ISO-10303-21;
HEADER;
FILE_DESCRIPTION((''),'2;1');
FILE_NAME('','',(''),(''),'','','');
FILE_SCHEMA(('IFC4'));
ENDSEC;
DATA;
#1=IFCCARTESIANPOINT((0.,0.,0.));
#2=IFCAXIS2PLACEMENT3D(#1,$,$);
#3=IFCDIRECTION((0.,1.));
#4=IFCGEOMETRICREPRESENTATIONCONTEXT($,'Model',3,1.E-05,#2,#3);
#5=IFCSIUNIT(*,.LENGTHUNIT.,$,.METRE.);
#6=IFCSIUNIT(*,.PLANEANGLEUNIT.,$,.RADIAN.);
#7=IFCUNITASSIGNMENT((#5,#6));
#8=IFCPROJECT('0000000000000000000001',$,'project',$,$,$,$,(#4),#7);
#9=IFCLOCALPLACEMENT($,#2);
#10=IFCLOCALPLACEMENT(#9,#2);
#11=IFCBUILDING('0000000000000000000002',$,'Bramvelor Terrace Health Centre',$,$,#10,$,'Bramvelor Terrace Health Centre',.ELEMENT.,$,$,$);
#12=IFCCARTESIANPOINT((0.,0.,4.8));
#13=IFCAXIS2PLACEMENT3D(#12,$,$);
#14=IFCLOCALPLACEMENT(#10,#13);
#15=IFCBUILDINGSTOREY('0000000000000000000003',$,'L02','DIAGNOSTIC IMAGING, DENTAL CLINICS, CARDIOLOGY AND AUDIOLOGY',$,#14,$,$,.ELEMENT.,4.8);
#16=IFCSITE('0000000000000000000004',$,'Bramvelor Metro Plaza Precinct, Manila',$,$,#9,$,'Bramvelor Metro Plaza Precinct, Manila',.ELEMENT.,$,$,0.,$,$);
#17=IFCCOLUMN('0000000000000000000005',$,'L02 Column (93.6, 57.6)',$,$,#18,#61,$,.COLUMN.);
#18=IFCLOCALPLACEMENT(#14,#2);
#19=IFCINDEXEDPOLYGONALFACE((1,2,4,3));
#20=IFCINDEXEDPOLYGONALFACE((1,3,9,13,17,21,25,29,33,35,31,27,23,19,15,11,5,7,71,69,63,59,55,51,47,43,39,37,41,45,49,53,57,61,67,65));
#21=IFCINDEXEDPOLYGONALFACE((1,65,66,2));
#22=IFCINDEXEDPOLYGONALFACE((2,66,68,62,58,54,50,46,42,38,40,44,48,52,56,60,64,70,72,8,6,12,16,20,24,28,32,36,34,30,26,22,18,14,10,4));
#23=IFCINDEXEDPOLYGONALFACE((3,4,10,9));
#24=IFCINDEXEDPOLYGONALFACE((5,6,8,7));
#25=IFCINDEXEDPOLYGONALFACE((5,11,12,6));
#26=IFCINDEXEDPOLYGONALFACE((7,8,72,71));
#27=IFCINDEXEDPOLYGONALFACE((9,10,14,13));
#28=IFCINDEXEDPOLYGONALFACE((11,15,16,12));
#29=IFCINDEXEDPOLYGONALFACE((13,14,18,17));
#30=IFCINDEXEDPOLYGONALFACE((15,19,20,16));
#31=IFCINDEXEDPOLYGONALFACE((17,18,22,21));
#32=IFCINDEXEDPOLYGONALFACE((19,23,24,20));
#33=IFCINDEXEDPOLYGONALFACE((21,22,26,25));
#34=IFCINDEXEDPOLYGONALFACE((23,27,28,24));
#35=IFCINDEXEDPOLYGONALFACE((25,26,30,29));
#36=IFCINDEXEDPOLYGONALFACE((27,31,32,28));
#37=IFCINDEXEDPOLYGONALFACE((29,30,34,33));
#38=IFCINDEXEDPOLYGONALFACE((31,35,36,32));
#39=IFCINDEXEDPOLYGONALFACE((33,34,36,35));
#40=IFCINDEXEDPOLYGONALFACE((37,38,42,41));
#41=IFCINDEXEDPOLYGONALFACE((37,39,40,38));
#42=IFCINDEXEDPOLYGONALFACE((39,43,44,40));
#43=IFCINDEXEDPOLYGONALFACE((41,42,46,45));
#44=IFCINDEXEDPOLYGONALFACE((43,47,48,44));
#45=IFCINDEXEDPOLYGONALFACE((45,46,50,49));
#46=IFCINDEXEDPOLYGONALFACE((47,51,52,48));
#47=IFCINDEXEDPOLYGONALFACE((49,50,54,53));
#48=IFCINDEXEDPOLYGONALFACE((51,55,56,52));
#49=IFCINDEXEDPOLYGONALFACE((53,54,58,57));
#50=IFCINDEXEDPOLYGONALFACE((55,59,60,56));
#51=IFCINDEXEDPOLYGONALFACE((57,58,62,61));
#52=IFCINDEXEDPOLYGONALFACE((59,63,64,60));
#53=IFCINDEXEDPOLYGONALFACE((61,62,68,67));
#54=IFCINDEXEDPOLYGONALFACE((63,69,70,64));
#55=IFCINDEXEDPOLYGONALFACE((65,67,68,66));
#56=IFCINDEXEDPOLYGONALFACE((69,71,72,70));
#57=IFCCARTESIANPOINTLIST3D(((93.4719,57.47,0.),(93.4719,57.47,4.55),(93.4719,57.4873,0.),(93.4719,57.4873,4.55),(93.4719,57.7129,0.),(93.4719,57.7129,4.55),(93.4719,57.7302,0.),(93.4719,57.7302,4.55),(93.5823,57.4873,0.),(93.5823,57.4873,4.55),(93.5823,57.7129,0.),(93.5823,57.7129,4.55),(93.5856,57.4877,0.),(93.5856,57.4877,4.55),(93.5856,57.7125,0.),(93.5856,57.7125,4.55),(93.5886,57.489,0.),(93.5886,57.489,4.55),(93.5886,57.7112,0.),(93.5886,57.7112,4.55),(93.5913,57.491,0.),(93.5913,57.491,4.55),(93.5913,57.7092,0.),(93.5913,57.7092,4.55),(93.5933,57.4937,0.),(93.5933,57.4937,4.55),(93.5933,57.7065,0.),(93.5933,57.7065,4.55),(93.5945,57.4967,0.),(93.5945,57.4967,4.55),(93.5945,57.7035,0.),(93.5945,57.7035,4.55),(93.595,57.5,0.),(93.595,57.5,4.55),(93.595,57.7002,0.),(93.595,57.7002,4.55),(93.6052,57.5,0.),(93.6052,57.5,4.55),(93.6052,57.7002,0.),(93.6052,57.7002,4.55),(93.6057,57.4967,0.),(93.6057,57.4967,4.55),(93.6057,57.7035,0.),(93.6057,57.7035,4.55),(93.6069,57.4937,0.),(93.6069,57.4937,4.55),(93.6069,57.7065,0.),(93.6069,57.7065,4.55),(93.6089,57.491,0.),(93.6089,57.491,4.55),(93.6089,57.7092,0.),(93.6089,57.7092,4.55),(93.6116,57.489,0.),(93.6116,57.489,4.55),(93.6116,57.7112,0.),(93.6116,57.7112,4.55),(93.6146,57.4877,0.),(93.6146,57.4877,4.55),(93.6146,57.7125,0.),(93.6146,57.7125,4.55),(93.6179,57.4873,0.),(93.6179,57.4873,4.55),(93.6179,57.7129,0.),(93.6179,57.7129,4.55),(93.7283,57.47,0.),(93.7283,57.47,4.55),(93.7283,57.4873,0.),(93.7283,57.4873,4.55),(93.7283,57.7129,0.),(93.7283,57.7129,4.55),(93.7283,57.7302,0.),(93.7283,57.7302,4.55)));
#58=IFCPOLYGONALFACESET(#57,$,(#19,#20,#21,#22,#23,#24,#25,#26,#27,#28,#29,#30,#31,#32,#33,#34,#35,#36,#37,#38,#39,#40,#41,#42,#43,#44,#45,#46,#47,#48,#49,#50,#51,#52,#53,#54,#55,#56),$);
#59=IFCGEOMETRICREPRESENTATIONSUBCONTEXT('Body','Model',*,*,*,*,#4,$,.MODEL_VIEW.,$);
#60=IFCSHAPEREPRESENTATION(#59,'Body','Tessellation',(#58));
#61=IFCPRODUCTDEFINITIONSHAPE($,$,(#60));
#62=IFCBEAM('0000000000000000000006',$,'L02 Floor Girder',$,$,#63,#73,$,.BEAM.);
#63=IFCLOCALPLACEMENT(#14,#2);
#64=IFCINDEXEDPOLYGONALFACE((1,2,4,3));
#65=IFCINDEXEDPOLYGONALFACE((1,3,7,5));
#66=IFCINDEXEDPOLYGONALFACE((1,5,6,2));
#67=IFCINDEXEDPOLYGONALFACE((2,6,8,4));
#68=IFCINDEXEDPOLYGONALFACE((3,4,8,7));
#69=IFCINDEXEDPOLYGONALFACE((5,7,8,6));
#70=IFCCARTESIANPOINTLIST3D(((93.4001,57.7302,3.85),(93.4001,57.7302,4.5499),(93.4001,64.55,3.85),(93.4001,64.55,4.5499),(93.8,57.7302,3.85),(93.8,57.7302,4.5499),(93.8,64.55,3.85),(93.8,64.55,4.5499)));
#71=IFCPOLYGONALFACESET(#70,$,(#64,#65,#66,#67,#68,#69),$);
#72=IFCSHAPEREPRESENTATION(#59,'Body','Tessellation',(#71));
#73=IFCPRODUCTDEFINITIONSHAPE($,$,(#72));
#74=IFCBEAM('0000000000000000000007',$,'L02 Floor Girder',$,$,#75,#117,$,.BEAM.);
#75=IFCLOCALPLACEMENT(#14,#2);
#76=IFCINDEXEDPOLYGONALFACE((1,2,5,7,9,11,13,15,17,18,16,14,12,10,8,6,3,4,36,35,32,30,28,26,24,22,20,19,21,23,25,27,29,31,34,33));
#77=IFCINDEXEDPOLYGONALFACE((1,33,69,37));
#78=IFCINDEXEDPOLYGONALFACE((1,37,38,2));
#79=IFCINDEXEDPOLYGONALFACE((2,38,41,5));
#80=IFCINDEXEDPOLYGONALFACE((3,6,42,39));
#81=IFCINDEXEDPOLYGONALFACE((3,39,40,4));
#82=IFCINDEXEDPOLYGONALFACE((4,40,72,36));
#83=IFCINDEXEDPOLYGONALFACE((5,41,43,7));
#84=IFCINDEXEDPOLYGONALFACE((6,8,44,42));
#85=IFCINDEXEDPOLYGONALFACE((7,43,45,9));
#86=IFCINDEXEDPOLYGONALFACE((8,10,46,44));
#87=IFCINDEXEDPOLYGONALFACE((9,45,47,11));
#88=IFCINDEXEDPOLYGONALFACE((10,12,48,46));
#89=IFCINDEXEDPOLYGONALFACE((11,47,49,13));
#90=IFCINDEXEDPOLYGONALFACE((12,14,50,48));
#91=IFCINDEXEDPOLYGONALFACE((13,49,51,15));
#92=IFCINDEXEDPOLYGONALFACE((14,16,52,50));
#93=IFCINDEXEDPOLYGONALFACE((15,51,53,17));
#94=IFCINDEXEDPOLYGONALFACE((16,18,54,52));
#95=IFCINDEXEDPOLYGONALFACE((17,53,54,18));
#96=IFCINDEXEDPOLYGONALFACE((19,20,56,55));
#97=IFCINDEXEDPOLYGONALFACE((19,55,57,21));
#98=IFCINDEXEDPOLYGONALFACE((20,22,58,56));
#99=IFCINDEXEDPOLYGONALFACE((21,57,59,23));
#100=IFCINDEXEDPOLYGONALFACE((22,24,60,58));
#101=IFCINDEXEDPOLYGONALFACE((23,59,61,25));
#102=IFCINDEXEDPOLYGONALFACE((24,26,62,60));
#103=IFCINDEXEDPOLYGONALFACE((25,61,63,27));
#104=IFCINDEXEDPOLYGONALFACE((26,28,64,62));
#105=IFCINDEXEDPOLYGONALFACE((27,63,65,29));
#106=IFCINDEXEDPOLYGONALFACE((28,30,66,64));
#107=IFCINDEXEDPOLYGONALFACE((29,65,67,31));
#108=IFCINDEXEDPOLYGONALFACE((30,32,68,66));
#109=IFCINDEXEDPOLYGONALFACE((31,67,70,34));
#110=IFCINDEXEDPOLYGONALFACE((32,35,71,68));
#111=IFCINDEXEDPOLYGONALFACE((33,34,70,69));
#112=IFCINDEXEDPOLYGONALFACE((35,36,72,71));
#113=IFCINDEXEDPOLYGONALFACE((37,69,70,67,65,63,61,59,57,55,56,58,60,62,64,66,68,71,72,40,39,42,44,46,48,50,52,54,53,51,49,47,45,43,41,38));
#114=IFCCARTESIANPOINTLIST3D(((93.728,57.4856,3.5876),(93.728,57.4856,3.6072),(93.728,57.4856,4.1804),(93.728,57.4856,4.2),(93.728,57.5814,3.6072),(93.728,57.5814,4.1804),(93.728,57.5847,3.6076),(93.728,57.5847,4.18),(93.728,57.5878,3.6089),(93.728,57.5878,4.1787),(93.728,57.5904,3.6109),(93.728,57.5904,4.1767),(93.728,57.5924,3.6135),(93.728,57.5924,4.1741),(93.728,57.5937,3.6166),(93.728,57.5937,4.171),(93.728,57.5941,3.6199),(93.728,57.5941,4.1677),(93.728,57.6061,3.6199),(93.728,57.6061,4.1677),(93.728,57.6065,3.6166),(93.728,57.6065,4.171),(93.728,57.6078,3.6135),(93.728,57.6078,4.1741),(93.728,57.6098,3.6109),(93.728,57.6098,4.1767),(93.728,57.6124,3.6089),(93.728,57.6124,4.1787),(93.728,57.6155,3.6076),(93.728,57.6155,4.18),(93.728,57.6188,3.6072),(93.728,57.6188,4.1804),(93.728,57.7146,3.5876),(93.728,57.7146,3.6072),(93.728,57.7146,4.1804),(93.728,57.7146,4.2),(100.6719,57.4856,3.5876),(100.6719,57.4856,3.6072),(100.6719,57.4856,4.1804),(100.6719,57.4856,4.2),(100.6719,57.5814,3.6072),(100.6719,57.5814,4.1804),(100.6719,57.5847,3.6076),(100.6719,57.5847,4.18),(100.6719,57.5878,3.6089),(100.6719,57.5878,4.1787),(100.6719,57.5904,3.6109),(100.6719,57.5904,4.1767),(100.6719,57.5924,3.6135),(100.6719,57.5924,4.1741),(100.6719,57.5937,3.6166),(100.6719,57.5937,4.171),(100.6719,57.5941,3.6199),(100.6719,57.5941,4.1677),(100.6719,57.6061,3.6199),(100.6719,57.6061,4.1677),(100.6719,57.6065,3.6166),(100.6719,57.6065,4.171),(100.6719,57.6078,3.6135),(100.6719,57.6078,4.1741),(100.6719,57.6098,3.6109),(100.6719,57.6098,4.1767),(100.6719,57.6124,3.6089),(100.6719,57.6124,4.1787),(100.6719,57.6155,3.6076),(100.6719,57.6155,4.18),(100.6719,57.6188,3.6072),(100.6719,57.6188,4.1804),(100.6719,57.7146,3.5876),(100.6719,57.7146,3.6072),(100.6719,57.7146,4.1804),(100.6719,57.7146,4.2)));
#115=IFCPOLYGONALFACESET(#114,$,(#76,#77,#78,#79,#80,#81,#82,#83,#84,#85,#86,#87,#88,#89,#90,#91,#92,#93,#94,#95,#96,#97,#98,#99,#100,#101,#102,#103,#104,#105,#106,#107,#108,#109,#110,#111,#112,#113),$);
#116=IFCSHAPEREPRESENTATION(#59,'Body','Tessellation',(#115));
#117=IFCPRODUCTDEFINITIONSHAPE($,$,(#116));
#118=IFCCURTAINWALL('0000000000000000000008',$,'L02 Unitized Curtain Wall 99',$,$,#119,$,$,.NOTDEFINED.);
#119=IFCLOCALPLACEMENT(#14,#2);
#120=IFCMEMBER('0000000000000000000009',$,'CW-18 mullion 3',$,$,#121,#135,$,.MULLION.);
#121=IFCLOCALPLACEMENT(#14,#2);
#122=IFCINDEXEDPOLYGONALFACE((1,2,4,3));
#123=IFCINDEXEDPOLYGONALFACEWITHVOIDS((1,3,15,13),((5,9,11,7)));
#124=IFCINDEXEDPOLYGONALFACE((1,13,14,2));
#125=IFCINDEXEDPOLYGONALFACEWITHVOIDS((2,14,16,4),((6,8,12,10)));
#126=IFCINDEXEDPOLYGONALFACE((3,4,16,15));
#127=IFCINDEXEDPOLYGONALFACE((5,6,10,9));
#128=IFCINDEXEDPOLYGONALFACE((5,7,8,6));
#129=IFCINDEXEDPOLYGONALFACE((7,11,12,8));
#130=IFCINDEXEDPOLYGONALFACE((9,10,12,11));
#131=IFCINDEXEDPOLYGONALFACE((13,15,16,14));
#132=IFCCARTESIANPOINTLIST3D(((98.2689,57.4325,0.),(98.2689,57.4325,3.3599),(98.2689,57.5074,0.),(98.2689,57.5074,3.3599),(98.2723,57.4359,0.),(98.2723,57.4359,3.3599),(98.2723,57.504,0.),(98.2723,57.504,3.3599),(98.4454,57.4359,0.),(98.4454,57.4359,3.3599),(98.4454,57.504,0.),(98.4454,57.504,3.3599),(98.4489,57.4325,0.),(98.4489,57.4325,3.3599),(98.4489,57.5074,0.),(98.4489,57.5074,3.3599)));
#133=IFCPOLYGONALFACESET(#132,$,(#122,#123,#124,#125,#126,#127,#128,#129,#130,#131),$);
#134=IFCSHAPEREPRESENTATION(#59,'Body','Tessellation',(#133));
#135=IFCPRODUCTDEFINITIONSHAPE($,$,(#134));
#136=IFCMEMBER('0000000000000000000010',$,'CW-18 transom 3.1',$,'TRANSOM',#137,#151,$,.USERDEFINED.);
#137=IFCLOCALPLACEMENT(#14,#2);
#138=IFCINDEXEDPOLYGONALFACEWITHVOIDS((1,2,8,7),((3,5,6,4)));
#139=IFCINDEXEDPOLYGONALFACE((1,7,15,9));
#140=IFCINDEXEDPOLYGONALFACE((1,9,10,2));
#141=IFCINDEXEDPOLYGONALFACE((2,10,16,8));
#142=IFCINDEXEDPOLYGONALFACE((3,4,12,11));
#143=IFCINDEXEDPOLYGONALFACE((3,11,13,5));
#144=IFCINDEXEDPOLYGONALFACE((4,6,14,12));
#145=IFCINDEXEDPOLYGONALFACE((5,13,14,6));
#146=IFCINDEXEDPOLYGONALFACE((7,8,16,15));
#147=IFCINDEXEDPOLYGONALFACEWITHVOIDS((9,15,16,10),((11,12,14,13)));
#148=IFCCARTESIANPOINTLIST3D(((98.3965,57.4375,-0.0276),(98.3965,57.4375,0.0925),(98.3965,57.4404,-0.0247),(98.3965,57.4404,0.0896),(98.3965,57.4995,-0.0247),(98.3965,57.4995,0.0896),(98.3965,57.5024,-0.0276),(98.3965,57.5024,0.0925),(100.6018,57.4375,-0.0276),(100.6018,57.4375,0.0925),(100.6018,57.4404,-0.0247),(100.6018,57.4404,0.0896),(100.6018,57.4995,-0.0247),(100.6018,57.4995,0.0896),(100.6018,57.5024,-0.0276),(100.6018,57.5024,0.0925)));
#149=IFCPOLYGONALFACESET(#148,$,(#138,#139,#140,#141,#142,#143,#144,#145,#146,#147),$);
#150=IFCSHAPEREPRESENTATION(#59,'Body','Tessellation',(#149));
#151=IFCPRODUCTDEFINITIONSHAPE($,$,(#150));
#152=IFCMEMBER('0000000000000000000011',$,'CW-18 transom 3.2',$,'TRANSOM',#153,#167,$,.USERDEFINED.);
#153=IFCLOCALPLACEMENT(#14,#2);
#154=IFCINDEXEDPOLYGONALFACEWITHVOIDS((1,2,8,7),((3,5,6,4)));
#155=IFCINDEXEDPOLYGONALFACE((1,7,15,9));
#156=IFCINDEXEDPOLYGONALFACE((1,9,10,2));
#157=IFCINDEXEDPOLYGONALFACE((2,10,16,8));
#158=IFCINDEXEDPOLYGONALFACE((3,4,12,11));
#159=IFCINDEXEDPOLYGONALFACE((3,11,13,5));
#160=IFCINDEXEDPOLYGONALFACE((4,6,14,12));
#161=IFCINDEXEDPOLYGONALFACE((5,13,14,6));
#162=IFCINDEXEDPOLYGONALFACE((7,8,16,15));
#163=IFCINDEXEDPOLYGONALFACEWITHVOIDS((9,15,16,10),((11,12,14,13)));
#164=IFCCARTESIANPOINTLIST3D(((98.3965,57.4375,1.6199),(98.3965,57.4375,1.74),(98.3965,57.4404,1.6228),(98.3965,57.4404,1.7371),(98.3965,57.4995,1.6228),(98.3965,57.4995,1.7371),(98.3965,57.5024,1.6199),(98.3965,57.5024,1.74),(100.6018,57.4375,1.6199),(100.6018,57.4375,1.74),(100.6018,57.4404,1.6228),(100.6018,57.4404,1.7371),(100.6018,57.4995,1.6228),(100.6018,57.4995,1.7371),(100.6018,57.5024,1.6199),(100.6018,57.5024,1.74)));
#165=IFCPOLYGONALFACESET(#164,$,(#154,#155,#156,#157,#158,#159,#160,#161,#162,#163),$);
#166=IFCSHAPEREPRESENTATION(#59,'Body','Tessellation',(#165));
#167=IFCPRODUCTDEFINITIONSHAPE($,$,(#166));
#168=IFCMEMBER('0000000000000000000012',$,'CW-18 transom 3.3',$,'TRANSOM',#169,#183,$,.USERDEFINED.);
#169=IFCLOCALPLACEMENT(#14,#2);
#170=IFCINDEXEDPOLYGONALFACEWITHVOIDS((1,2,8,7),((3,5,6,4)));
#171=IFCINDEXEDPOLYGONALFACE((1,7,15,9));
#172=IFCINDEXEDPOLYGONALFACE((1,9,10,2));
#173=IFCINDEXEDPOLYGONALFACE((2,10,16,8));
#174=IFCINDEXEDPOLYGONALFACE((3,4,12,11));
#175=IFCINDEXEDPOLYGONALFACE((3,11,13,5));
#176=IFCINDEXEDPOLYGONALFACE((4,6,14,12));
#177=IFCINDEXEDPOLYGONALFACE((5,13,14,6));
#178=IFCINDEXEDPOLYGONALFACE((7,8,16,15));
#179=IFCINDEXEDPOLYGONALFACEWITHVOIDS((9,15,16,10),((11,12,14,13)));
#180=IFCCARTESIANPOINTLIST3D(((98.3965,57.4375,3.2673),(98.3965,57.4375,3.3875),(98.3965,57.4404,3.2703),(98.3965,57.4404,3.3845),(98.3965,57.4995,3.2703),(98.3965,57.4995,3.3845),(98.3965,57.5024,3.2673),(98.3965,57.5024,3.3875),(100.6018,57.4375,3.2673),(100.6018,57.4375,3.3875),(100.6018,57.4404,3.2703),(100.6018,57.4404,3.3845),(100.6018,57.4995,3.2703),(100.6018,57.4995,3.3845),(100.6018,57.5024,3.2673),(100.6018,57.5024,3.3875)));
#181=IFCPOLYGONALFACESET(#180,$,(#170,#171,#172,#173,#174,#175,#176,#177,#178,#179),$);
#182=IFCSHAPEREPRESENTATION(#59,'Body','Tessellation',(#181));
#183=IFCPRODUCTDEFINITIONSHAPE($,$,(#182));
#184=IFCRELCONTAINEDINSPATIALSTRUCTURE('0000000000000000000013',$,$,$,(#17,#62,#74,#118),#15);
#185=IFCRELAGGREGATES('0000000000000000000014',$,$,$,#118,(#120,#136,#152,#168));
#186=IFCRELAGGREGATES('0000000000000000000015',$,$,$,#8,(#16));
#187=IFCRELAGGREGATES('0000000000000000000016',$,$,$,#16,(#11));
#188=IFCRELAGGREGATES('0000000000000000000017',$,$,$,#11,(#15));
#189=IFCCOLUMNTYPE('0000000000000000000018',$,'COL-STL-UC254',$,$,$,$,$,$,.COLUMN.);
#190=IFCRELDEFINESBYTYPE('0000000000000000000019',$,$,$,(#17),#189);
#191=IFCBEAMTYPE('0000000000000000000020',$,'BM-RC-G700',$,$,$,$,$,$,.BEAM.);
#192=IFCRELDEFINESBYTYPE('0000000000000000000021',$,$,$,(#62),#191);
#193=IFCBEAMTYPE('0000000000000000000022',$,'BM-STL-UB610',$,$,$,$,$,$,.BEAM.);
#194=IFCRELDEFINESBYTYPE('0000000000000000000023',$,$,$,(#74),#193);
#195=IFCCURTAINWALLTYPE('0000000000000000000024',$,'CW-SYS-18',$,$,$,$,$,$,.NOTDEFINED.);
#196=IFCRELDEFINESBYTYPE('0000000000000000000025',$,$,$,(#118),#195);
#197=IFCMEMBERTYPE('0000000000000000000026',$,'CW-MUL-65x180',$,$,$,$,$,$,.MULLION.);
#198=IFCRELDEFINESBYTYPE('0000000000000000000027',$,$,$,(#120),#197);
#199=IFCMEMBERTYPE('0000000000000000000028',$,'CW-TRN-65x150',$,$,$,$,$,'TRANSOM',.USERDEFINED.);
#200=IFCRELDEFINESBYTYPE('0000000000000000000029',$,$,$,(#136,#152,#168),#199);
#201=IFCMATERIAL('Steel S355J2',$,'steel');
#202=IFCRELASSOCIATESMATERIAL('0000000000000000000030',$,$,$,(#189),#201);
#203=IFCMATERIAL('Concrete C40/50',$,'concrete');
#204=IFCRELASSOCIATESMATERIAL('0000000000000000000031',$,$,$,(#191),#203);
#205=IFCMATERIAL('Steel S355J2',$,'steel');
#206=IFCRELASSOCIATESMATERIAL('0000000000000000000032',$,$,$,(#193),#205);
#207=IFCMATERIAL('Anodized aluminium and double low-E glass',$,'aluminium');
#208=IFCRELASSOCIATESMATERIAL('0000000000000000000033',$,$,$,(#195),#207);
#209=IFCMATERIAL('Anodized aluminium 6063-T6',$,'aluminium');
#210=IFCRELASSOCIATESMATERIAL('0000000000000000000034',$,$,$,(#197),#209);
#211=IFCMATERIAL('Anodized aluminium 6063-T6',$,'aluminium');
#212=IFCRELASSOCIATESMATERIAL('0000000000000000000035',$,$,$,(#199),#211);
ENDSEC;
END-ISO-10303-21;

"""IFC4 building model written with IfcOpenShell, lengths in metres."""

from ifc_helpers import new_model, si_unit, direction, frame, origin, origin_2d, place, context, subcontext, project, spatial, rectangle, hollow_rectangle, i_section, extrude, material, material_profile, profile_set, type_object, element, aggregate, save


model = new_model("IFC4")

# Units and contexts
model_context = context("Model", 3, precision=1e-05, world=origin(), true_north=direction((0.0, 1.0)))
body_context = subcontext(model_context, "Body", "Model", "MODEL_VIEW")
ifc_project = project(units=[si_unit("LENGTHUNIT", "METRE"), si_unit("PLANEANGLEUNIT", "RADIAN")], contexts=[model_context])

# Site, building, storey
site_placement = place(None, origin())
site = spatial("IfcSite", under=ifc_project, at=site_placement, Name="Bramvelor Metro Plaza Precinct, Manila", LongName="Bramvelor Metro Plaza Precinct, Manila", CompositionType="ELEMENT", RefElevation=0.0)
building_placement = place(site_placement, origin())
building = spatial("IfcBuilding", under=site, at=building_placement, Name="Bramvelor Terrace Health Centre", LongName="Bramvelor Terrace Health Centre", CompositionType="ELEMENT")
storey_placement = place(building_placement, frame((0.0, 0.0, 4.8)))
storey = spatial("IfcBuildingStorey", under=building, at=storey_placement, Name="L02", Description="DIAGNOSTIC IMAGING, DENTAL CLINICS, CARDIOLOGY AND AUDIOLOGY", CompositionType="ELEMENT", Elevation=4.8)

# Column
ifc_material_1 = material(Name="Steel S355J2", Category="steel")
ifc_material_profile_1 = material_profile(ifc_material_1, i_section(OverallWidth=0.2563, OverallDepth=0.2603, WebThickness=0.0103, FlangeThickness=0.0173, FilletRadius=0.0127, at=origin_2d()), Name="UC 254x254x89")
ifc_profile_set_1 = profile_set([ifc_material_profile_1], Name="Steel S355J2")
column_type = type_object("IfcColumnType", Name="COL-STL-UC254", PredefinedType="COLUMN", material=ifc_profile_set_1)
column_placement = place(storey_placement, frame((93.6001, 57.6001, 0.0), z_axis=(0.0, 0.0, 1.0), x_axis=(1.0, 0.0, 0.0)))
element("IfcColumn", 1, at=column_placement, inside=storey, type_object=column_type, Name="L02 Column (93.6, 57.6)", PredefinedType="COLUMN", context=body_context, shape_type="SweptSolid", body=[
    extrude(i_section(OverallWidth=0.2563, OverallDepth=0.2603, WebThickness=0.0103, FlangeThickness=0.0173, FilletRadius=0.0127, at=origin_2d()), origin(), (0.0, 0.0, 1.0), 4.55),
])

# Beams
ifc_material_2 = material(Name="Concrete C40/50", Category="concrete")
ifc_material_profile_2 = material_profile(ifc_material_2, rectangle(XDim=0.3999, YDim=0.7, at=origin_2d()), Name="RC 400x700")
ifc_profile_set_2 = profile_set([ifc_material_profile_2], Name="Concrete C40/50")
beam_type_1 = type_object("IfcBeamType", Name="BM-RC-G700", PredefinedType="BEAM", material=ifc_profile_set_2)
beam_1_placement = place(storey_placement, frame((93.6001, 57.7302, 4.2), z_axis=(0.0, 1.0, 0.0), x_axis=(-1.0, 0.0, 0.0)))
element("IfcBeam", 2, at=beam_1_placement, inside=storey, type_object=beam_type_1, Name="L02 Floor Girder", PredefinedType="BEAM", context=body_context, shape_type="SweptSolid", body=[
    extrude(rectangle(XDim=0.3999, YDim=0.7, at=origin_2d()), origin(), (0.0, 0.0, 1.0), 6.8198),
])
ifc_material_3 = material(Name="Steel S355J2", Category="steel")
ifc_material_profile_3 = material_profile(ifc_material_3, i_section(OverallWidth=0.229, OverallDepth=0.6123, WebThickness=0.012, FlangeThickness=0.0195, FilletRadius=0.0127, at=origin_2d()), Name="UB 610x229x125")
ifc_profile_set_3 = profile_set([ifc_material_profile_3], Name="Steel S355J2")
beam_type_2 = type_object("IfcBeamType", Name="BM-STL-UB610", PredefinedType="BEAM", material=ifc_profile_set_3)
beam_2_placement = place(storey_placement, frame((93.728, 57.6001, 3.8938), z_axis=(1.0, 0.0, 0.0), x_axis=(0.0, 1.0, 0.0)))
element("IfcBeam", 3, at=beam_2_placement, inside=storey, type_object=beam_type_2, Name="L02 Floor Girder", PredefinedType="BEAM", context=body_context, shape_type="SweptSolid", body=[
    extrude(i_section(OverallWidth=0.229, OverallDepth=0.6123, WebThickness=0.012, FlangeThickness=0.0195, FilletRadius=0.0127, at=origin_2d()), origin(), (0.0, 0.0, 1.0), 6.9438),
])

# Curtain wall, members
ifc_material_4 = material(Name="Anodized aluminium and double low-E glass", Category="aluminium")
curtain_wall_type = type_object("IfcCurtainWallType", Name="CW-SYS-18", PredefinedType="NOTDEFINED", material=ifc_material_4)
curtain_wall_placement = place(storey_placement, origin())
curtain_wall = element("IfcCurtainWall", 4, at=curtain_wall_placement, inside=storey, type_object=curtain_wall_type, Name="L02 Unitized Curtain Wall 99", PredefinedType="NOTDEFINED")
ifc_material_5 = material(Name="Anodized aluminium 6063-T6", Category="aluminium")
ifc_material_profile_4 = material_profile(ifc_material_5, hollow_rectangle(XDim=0.075, YDim=0.1799, WallThickness=0.0034, at=origin_2d()), Name="ALU-MUL 75x180x3.5")
ifc_profile_set_4 = profile_set([ifc_material_profile_4], Name="Anodized aluminium 6063-T6")
member_type_1 = type_object("IfcMemberType", Name="CW-MUL-65x180", PredefinedType="MULLION", material=ifc_profile_set_4)
member_1_placement = place(storey_placement, frame((98.3589, 57.47, 0.0), z_axis=(0.0, 0.0, 1.0), x_axis=(0.0, 1.0, 0.0)))
member_1 = element("IfcMember", 5, at=member_1_placement, type_object=member_type_1, Name="CW-18 mullion 3", PredefinedType="MULLION", context=body_context, shape_type="SweptSolid", body=[
    extrude(hollow_rectangle(XDim=0.075, YDim=0.1799, WallThickness=0.0034, at=origin_2d()), origin(), (0.0, 0.0, 1.0), 3.3599),
])
ifc_material_6 = material(Name="Anodized aluminium 6063-T6", Category="aluminium")
ifc_material_profile_5 = material_profile(ifc_material_6, hollow_rectangle(XDim=0.0649, YDim=0.1201, WallThickness=0.0029, at=origin_2d()), Name="ALU-TRN 65x120x3.0")
ifc_profile_set_5 = profile_set([ifc_material_profile_5], Name="Anodized aluminium 6063-T6")
member_type_2 = type_object("IfcMemberType", Name="CW-TRN-65x150", ElementType="TRANSOM", PredefinedType="USERDEFINED", material=ifc_profile_set_5)
member_2_placement = place(storey_placement, frame((98.3965, 57.47, 0.0325), z_axis=(1.0, 0.0, 0.0), x_axis=(0.0, 1.0, 0.0)))
member_2 = element("IfcMember", 6, at=member_2_placement, type_object=member_type_2, Name="CW-18 transom 3.1", ObjectType="TRANSOM", PredefinedType="USERDEFINED", context=body_context, shape_type="SweptSolid", body=[
    extrude(hollow_rectangle(XDim=0.0649, YDim=0.1201, WallThickness=0.0029, at=origin_2d()), origin(), (0.0, 0.0, 1.0), 2.2053),
])
member_3_placement = place(storey_placement, frame((98.3965, 57.47, 1.6799), z_axis=(1.0, 0.0, 0.0), x_axis=(0.0, 1.0, 0.0)))
member_3 = element("IfcMember", 7, at=member_3_placement, type_object=member_type_2, Name="CW-18 transom 3.2", ObjectType="TRANSOM", PredefinedType="USERDEFINED", context=body_context, shape_type="SweptSolid", body=[
    extrude(hollow_rectangle(XDim=0.0649, YDim=0.1201, WallThickness=0.0029, at=origin_2d()), origin(), (0.0, 0.0, 1.0), 2.2053),
])
member_4_placement = place(storey_placement, frame((98.3965, 57.47, 3.3274), z_axis=(1.0, 0.0, 0.0), x_axis=(0.0, 1.0, 0.0)))
member_4 = element("IfcMember", 8, at=member_4_placement, type_object=member_type_2, Name="CW-18 transom 3.3", ObjectType="TRANSOM", PredefinedType="USERDEFINED", context=body_context, shape_type="SweptSolid", body=[
    extrude(hollow_rectangle(XDim=0.0649, YDim=0.1201, WallThickness=0.0029, at=origin_2d()), origin(), (0.0, 0.0, 1.0), 2.2053),
])

aggregate(curtain_wall, [member_1, member_2, member_3, member_4])

save(model, "model.ifc")
